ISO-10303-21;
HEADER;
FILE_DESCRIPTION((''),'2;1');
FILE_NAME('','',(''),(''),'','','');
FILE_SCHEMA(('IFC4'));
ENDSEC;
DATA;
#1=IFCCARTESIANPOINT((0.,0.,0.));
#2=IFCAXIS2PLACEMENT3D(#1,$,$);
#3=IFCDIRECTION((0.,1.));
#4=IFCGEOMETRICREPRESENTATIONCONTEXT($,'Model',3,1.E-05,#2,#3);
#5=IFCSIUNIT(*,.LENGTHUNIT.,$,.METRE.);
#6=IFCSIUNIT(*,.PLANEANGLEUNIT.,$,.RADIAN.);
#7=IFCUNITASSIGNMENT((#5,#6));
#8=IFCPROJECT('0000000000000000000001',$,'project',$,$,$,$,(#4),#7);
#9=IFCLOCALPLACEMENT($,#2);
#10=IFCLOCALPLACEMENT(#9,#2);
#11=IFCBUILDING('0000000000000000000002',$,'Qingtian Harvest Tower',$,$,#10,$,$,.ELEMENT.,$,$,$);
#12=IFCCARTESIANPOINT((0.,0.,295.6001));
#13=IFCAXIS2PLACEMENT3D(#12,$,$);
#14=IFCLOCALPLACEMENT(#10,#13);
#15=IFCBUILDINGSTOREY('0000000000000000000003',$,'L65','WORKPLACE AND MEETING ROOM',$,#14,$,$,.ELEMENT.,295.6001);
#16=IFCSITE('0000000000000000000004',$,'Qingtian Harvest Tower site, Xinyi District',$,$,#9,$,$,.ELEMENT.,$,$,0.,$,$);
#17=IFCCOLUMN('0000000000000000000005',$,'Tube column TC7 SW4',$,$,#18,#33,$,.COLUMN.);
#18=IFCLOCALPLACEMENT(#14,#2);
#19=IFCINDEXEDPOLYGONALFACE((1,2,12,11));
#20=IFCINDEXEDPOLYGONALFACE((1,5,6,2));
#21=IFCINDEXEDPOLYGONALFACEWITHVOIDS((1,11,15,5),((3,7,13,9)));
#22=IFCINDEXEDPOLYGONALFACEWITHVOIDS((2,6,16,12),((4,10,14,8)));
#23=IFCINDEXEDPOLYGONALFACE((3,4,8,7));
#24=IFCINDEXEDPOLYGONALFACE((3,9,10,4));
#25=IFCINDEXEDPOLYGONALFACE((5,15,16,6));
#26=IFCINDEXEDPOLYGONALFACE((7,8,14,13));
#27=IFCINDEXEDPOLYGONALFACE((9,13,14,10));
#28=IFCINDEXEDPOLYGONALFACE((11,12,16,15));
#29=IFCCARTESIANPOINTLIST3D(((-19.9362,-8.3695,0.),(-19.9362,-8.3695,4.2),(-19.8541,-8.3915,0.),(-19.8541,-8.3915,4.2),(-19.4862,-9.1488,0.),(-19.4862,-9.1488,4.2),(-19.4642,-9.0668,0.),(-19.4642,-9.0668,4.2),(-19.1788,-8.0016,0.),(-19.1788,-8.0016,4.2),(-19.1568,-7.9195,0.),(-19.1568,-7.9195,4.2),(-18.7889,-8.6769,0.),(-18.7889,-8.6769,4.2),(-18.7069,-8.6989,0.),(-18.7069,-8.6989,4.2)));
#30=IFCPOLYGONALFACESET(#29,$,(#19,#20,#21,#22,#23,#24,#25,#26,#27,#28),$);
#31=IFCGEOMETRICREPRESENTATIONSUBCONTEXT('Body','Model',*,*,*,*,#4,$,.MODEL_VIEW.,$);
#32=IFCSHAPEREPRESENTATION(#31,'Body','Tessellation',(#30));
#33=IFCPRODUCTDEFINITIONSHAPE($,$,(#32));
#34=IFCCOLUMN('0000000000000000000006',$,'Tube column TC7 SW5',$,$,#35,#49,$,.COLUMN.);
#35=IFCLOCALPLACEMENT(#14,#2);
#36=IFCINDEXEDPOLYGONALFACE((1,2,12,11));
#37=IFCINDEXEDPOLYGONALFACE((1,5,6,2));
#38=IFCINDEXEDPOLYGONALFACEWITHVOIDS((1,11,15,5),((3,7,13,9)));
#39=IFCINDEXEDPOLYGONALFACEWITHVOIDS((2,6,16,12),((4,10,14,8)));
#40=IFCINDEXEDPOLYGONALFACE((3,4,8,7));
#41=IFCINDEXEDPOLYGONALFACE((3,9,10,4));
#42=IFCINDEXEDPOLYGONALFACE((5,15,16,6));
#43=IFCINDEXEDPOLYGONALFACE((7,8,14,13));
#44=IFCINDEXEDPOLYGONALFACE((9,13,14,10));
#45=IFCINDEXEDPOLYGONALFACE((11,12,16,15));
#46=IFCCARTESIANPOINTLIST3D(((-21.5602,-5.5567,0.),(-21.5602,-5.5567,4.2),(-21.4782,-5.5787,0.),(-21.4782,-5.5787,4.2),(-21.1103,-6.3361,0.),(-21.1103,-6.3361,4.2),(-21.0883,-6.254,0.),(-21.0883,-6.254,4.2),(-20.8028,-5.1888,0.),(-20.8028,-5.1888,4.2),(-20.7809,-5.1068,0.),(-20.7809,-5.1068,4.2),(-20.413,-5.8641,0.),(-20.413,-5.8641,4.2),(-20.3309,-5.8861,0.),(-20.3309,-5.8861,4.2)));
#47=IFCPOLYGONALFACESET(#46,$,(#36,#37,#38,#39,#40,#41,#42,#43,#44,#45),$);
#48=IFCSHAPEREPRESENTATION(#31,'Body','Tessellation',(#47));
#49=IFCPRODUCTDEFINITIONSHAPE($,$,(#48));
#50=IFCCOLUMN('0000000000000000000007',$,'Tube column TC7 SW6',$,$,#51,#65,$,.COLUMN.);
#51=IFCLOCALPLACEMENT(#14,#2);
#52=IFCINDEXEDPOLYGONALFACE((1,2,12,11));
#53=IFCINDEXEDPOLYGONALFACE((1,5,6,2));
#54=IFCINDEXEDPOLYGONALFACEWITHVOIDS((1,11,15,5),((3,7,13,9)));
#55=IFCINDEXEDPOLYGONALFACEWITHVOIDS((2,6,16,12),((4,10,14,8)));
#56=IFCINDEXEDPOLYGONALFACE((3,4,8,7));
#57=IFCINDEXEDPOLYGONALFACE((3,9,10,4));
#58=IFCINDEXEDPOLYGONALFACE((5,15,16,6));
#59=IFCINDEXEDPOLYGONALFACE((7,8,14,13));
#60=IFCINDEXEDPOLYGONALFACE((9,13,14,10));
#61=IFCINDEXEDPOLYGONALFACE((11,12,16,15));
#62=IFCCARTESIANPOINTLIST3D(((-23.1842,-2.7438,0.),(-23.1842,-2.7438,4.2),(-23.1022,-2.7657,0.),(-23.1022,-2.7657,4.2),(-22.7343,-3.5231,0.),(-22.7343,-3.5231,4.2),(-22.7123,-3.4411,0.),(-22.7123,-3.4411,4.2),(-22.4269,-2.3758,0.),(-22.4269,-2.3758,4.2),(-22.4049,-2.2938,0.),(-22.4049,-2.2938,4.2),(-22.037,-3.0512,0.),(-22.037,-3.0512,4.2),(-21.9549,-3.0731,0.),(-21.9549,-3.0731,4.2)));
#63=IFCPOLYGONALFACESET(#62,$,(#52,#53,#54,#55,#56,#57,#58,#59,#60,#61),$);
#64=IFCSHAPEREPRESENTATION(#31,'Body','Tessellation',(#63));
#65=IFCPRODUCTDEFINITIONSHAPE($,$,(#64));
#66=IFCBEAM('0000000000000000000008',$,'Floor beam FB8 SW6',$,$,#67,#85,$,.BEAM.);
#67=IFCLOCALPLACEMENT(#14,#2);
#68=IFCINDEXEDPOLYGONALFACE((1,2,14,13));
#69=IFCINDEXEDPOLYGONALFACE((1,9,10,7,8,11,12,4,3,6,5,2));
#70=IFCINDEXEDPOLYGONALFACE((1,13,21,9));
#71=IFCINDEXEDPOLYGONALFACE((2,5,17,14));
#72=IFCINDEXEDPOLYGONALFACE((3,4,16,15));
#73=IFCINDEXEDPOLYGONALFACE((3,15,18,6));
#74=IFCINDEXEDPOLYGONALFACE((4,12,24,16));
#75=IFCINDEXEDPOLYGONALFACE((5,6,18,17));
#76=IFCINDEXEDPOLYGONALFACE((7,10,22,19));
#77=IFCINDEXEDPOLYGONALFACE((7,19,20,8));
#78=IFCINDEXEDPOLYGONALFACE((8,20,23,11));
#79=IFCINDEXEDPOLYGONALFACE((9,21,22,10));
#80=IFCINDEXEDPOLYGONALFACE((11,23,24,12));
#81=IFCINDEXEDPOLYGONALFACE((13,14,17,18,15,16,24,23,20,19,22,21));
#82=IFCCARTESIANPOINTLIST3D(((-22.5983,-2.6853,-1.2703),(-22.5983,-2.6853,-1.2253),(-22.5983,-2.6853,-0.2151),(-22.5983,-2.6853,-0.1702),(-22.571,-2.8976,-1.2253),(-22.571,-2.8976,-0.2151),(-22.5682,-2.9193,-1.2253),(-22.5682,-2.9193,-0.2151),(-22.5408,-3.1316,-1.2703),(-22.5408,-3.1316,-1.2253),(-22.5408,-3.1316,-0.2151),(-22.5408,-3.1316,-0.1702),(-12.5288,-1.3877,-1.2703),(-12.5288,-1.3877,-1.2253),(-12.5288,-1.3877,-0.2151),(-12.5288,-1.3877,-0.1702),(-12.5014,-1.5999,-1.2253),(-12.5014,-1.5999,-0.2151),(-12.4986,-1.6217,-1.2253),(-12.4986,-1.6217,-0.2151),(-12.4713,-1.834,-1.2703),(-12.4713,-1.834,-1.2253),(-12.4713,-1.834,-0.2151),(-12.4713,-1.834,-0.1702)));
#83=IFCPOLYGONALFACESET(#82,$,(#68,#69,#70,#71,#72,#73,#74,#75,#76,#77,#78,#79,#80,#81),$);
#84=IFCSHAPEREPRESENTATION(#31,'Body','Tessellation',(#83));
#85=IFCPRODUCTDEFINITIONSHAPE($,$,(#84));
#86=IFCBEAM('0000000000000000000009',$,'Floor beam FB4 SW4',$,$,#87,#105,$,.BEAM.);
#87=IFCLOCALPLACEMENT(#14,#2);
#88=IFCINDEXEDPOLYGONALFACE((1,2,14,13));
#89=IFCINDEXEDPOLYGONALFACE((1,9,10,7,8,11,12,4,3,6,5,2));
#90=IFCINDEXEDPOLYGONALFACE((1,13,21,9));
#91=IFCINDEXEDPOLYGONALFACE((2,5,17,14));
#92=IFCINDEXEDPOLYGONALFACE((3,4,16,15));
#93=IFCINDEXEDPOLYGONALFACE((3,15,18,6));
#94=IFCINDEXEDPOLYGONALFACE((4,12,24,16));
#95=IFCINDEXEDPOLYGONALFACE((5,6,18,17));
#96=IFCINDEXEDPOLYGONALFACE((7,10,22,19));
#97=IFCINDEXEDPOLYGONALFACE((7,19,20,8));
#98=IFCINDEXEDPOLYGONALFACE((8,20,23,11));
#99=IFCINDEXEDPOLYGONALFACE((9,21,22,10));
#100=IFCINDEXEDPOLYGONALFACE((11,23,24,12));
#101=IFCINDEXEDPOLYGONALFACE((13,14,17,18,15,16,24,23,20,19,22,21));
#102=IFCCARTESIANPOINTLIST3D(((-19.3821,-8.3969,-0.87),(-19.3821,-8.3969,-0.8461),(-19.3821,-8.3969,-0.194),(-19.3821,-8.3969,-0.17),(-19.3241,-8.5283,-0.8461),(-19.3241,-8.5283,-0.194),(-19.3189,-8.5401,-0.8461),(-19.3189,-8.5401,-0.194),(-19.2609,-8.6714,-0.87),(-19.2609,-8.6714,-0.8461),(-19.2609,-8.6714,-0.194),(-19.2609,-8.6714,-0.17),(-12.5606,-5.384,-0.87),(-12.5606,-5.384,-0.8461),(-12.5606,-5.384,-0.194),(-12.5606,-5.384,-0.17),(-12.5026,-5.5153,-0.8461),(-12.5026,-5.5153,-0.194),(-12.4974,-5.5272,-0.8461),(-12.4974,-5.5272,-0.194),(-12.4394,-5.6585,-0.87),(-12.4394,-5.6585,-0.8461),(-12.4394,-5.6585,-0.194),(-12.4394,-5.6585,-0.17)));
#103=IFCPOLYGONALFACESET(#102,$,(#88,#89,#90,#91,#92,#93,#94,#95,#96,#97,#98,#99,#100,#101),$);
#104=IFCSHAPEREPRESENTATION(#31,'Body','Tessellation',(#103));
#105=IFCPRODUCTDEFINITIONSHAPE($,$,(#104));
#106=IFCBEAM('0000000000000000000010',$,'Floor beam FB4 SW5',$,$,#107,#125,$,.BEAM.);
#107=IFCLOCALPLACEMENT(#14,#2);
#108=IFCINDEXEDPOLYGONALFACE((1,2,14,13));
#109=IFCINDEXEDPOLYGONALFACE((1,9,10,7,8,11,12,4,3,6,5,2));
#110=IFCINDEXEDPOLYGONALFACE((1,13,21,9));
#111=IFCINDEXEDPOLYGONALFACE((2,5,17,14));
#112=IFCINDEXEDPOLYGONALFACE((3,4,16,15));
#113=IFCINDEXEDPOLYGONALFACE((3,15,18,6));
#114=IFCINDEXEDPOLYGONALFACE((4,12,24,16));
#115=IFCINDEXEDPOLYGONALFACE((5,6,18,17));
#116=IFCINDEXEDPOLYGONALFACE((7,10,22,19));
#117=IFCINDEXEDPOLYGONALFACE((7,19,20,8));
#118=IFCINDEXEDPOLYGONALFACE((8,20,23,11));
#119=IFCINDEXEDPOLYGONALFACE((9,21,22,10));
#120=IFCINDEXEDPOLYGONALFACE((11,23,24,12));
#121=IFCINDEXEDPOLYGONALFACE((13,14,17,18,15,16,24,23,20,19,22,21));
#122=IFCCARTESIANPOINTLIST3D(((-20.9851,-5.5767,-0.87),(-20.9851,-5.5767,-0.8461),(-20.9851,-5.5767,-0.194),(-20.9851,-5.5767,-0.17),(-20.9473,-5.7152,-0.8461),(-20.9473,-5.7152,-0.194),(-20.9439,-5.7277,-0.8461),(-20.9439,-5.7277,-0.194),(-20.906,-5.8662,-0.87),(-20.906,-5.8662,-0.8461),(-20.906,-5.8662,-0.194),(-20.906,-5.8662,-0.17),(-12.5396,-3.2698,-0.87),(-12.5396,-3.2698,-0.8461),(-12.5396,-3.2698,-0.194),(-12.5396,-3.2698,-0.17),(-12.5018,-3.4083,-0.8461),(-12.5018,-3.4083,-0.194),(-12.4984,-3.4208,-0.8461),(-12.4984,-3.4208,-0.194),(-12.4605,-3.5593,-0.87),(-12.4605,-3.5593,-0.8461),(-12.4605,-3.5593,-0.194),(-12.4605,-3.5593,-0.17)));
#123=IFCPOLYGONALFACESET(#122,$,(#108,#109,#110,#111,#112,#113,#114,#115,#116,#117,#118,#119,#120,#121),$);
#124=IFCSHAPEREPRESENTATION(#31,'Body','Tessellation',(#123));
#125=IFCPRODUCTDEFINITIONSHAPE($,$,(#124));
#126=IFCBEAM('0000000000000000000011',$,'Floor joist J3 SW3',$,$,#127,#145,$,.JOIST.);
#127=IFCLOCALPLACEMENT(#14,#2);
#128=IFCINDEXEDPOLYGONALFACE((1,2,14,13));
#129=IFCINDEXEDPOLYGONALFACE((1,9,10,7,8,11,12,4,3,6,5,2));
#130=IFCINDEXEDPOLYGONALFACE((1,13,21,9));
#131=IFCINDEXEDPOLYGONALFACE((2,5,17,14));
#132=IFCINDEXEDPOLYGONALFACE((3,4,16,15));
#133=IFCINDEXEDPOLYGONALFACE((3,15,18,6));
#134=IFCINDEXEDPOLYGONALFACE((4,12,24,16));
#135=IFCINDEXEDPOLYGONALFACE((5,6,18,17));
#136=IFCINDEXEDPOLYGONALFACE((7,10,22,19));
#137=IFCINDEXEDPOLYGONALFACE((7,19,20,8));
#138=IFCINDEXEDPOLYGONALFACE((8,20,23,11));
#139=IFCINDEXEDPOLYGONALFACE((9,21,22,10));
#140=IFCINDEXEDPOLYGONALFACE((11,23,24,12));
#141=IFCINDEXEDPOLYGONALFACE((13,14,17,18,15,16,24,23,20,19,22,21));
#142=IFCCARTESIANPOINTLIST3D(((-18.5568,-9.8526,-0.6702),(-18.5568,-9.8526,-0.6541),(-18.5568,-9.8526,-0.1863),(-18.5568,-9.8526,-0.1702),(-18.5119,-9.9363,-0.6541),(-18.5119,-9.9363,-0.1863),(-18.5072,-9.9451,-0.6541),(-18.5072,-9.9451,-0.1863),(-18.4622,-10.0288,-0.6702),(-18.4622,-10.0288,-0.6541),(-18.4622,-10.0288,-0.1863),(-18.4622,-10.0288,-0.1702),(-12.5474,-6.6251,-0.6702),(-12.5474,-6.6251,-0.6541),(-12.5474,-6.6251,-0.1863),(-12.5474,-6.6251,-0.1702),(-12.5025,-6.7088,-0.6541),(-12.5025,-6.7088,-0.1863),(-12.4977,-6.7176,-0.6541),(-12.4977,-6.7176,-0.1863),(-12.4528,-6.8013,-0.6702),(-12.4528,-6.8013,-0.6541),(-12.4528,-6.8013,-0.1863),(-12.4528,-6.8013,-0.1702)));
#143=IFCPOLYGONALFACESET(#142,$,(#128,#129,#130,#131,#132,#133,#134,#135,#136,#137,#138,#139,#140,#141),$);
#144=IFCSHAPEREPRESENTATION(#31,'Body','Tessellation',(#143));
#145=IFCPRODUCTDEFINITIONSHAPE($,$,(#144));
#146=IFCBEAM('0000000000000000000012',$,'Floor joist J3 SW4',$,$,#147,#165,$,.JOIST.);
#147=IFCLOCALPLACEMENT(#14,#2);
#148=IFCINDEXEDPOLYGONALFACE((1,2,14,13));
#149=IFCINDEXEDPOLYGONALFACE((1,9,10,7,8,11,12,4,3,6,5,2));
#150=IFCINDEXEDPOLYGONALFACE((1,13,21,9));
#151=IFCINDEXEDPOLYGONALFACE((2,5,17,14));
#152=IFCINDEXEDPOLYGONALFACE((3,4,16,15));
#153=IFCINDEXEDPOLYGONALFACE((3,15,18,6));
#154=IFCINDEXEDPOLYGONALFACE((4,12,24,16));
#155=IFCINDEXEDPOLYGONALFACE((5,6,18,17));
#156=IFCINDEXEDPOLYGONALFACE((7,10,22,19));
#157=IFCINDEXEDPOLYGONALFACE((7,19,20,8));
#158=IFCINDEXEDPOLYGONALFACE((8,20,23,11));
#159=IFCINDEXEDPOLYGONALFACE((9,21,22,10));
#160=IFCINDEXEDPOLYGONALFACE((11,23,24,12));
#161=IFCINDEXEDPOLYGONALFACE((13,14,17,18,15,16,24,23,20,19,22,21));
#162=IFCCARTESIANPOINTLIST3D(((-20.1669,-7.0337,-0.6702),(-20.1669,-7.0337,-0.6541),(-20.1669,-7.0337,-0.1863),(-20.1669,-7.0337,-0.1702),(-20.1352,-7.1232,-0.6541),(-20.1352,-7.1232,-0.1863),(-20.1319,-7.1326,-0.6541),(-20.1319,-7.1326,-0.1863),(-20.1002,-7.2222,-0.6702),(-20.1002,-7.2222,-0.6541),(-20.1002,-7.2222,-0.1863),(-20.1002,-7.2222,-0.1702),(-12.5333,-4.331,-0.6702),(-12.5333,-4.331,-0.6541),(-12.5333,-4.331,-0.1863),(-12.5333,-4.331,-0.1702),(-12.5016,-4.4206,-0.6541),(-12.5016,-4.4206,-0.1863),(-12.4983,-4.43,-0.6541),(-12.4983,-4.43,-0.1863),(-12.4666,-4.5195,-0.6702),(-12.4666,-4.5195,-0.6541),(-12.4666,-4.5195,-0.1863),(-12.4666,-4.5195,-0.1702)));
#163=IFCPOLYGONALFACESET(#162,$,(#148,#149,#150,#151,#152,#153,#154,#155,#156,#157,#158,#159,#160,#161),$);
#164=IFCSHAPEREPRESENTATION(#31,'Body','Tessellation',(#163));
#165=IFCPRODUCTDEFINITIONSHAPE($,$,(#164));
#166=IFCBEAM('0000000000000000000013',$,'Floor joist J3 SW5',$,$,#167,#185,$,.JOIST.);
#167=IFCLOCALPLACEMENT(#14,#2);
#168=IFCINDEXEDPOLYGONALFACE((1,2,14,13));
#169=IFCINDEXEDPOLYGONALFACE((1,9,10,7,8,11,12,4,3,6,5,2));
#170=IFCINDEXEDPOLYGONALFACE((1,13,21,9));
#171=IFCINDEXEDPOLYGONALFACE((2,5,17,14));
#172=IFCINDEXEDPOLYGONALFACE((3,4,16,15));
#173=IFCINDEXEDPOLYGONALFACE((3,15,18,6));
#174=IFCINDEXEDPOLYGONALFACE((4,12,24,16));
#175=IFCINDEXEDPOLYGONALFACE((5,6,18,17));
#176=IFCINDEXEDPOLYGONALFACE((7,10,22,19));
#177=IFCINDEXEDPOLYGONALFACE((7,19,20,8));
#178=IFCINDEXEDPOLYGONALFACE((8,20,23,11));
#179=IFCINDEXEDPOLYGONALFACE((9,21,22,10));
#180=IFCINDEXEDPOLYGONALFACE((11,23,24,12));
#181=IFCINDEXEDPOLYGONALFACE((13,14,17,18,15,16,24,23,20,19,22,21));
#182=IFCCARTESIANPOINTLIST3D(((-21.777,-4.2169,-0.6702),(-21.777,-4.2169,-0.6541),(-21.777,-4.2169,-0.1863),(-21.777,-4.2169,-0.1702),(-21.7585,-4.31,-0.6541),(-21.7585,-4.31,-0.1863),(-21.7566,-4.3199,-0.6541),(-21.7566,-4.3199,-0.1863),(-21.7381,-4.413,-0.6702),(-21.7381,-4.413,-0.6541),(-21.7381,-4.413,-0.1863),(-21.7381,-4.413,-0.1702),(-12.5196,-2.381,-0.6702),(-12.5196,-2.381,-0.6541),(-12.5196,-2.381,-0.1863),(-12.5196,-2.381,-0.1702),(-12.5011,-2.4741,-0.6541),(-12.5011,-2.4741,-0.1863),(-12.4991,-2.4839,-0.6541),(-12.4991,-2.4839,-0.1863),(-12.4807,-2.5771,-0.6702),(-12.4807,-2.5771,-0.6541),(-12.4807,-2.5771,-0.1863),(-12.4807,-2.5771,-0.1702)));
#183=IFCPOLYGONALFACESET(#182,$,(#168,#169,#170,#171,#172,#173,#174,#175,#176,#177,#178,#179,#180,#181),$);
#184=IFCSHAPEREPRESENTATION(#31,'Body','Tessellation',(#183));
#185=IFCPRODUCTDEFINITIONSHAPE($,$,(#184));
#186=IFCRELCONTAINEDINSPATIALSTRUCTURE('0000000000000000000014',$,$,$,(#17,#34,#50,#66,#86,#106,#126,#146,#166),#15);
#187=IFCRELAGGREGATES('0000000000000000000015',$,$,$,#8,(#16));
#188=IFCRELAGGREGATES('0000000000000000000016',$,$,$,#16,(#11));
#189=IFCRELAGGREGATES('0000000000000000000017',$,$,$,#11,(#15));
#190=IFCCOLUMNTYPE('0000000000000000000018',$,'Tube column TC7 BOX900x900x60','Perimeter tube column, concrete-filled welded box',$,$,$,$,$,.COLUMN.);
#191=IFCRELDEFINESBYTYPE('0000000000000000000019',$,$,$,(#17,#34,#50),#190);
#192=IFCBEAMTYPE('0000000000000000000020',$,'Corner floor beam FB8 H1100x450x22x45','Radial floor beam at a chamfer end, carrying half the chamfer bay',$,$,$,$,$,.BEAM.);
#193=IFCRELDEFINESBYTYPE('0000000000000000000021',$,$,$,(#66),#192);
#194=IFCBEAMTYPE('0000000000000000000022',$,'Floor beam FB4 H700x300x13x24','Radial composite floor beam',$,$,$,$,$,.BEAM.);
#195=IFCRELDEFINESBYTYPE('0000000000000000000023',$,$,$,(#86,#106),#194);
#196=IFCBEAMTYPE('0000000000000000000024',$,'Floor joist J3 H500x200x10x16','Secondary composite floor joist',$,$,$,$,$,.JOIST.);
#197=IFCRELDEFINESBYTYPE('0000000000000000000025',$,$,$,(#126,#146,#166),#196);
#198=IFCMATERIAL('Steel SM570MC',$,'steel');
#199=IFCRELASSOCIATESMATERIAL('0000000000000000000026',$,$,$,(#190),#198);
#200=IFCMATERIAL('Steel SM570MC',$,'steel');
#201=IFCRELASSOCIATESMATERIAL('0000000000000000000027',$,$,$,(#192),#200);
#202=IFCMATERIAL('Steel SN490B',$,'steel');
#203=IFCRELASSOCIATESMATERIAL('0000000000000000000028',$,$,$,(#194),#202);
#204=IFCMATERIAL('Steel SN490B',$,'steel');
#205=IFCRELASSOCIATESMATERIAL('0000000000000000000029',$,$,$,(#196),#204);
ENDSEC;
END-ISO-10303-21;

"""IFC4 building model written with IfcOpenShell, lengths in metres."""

from ifc_helpers import new_model, si_unit, direction, frame, origin, origin_2d, place, context, subcontext, project, spatial, hollow_rectangle, i_section, extrude, material, material_profile, profile_set, type_object, element, save


model = new_model("IFC4")

# Units and contexts
model_context = context("Model", 3, precision=1e-05, world=origin(), true_north=direction((0.0, 1.0)))
body_context = subcontext(model_context, "Body", "Model", "MODEL_VIEW")
ifc_project = project(units=[si_unit("LENGTHUNIT", "METRE"), si_unit("PLANEANGLEUNIT", "RADIAN")], contexts=[model_context])

# Site, building, storey
site_placement = place(None, origin())
site = spatial("IfcSite", under=ifc_project, at=site_placement, Name="Qingtian Harvest Tower site, Xinyi District", CompositionType="ELEMENT", RefElevation=0.0)
building_placement = place(site_placement, origin())
building = spatial("IfcBuilding", under=site, at=building_placement, Name="Qingtian Harvest Tower", CompositionType="ELEMENT")
storey_placement = place(building_placement, frame((0.0, 0.0, 295.6001)))
storey = spatial("IfcBuildingStorey", under=building, at=storey_placement, Name="L65", Description="WORKPLACE AND MEETING ROOM", CompositionType="ELEMENT", Elevation=295.6001)

# Columns
ifc_material_1 = material(Name="Steel SM570MC", Category="steel")
ifc_material_profile_1 = material_profile(ifc_material_1, hollow_rectangle(XDim=0.8999, YDim=0.8999, WallThickness=0.0601, at=origin_2d()), Name="BOX900x900x60")
ifc_profile_set_1 = profile_set([ifc_material_profile_1], Name="Steel SM570MC")
column_type = type_object("IfcColumnType", Name="Tube column TC7 BOX900x900x60", Description="Perimeter tube column, concrete-filled welded box", PredefinedType="COLUMN", material=ifc_profile_set_1)
for number, where, z_axis, x_axis, name in (
    (1, (-19.3215, -8.5342, 0.0), (0.0, 0.0, 1.0), (0.5, -0.866025, 0.0), "Tube column TC7 SW4"),
    (2, (-20.9456, -5.7214, 0.0), (0.0, 0.0, 1.0), (0.5, -0.866025, 0.0), "Tube column TC7 SW5"),
    (3, (-22.5696, -2.9084, 0.0), (0.0, 0.0, 1.0), (0.5, -0.866025, 0.0), "Tube column TC7 SW6"),
):
    element("IfcColumn", number, at=place(storey_placement, frame(where, z_axis=z_axis, x_axis=x_axis)), inside=storey, type_object=column_type, Name=name, PredefinedType="COLUMN", context=body_context, shape_type="SweptSolid", body=[
        extrude(hollow_rectangle(XDim=0.8999, YDim=0.8999, WallThickness=0.0601, at=origin_2d()), origin(), (0.0, 0.0, 1.0), 4.2),
    ])

# Beams
ifc_material_2 = material(Name="Steel SM570MC", Category="steel")
ifc_material_profile_2 = material_profile(ifc_material_2, i_section(OverallWidth=0.45, OverallDepth=1.1001, WebThickness=0.022, FlangeThickness=0.0449, at=origin_2d()), Name="H1100x450x22x45")
ifc_profile_set_2 = profile_set([ifc_material_profile_2], Name="Steel SM570MC")
beam_type_1 = type_object("IfcBeamType", Name="Corner floor beam FB8 H1100x450x22x45", Description="Radial floor beam at a chamfer end, carrying half the chamfer bay", PredefinedType="BEAM", material=ifc_profile_set_2)
beam_1_placement = place(storey_placement, frame((-22.5696, -2.9084, -0.7202), z_axis=(0.991799, 0.127807, 0.0), x_axis=(-0.127807, 0.991799, 0.0)))
element("IfcBeam", 4, at=beam_1_placement, inside=storey, type_object=beam_type_1, Name="Floor beam FB8 SW6", PredefinedType="BEAM", context=body_context, shape_type="SweptSolid", body=[
    extrude(i_section(OverallWidth=0.45, OverallDepth=1.1001, WebThickness=0.022, FlangeThickness=0.0449, at=origin_2d()), origin(), (0.0, 0.0, 1.0), 10.1528),
])
ifc_material_3 = material(Name="Steel SN490B", Category="steel")
ifc_material_profile_3 = material_profile(ifc_material_3, i_section(OverallWidth=0.3, OverallDepth=0.7, WebThickness=0.0129, FlangeThickness=0.0239, at=origin_2d()), Name="H700x300x13x24")
ifc_profile_set_3 = profile_set([ifc_material_profile_3], Name="Steel SN490B")
beam_type_2 = type_object("IfcBeamType", Name="Floor beam FB4 H700x300x13x24", Description="Radial composite floor beam", PredefinedType="BEAM", material=ifc_profile_set_3)
beam_2_placement = place(storey_placement, frame((-19.3215, -8.5342, -0.52), z_axis=(0.914747, 0.404026, 0.0), x_axis=(-0.404026, 0.914747, 0.0)))
element("IfcBeam", 5, at=beam_2_placement, inside=storey, type_object=beam_type_2, Name="Floor beam FB4 SW4", PredefinedType="BEAM", context=body_context, shape_type="SweptSolid", body=[
    extrude(i_section(OverallWidth=0.3, OverallDepth=0.7, WebThickness=0.0129, FlangeThickness=0.0239, at=origin_2d()), origin(), (0.0, 0.0, 1.0), 7.4573),
])
beam_3_placement = place(storey_placement, frame((-20.9456, -5.7214, -0.52), z_axis=(0.964661, 0.263495, 0.0), x_axis=(-0.263495, 0.964661, 0.0)))
element("IfcBeam", 6, at=beam_3_placement, inside=storey, type_object=beam_type_2, Name="Floor beam FB4 SW5", PredefinedType="BEAM", context=body_context, shape_type="SweptSolid", body=[
    extrude(i_section(OverallWidth=0.3, OverallDepth=0.7, WebThickness=0.0129, FlangeThickness=0.0239, at=origin_2d()), origin(), (0.0, 0.0, 1.0), 8.7549),
])
ifc_material_4 = material(Name="Steel SN490B", Category="steel")
ifc_material_profile_4 = material_profile(ifc_material_4, i_section(OverallWidth=0.2, OverallDepth=0.5, WebThickness=0.01, FlangeThickness=0.0161, at=origin_2d()), Name="H500x200x10x16")
ifc_profile_set_4 = profile_set([ifc_material_profile_4], Name="Steel SN490B")
beam_type_3 = type_object("IfcBeamType", Name="Floor joist J3 H500x200x10x16", Description="Secondary composite floor joist", PredefinedType="JOIST", material=ifc_profile_set_4)
beam_4_placement = place(storey_placement, frame((-18.5095, -9.9407, -0.4202), z_axis=(0.880982, 0.47315, 0.0), x_axis=(-0.47315, 0.880982, 0.0)))
element("IfcBeam", 7, at=beam_4_placement, inside=storey, type_object=beam_type_3, Name="Floor joist J3 SW3", PredefinedType="JOIST", context=body_context, shape_type="SweptSolid", body=[
    extrude(i_section(OverallWidth=0.2, OverallDepth=0.5, WebThickness=0.01, FlangeThickness=0.0161, at=origin_2d()), origin(), (0.0, 0.0, 1.0), 6.8213),
])
beam_5_placement = place(storey_placement, frame((-20.1335, -7.1279, -0.4202), z_axis=(0.942663, 0.333747, 0.0), x_axis=(-0.333747, 0.942663, 0.0)))
element("IfcBeam", 8, at=beam_5_placement, inside=storey, type_object=beam_type_3, Name="Floor joist J3 SW4", PredefinedType="JOIST", context=body_context, shape_type="SweptSolid", body=[
    extrude(i_section(OverallWidth=0.2, OverallDepth=0.5, WebThickness=0.01, FlangeThickness=0.0161, at=origin_2d()), origin(), (0.0, 0.0, 1.0), 8.0979),
])
beam_6_placement = place(storey_placement, frame((-21.7576, -4.3149, -0.4202), z_axis=(0.980897, 0.194529, 0.0), x_axis=(-0.194529, 0.980897, 0.0)))
element("IfcBeam", 9, at=beam_6_placement, inside=storey, type_object=beam_type_3, Name="Floor joist J3 SW5", PredefinedType="JOIST", context=body_context, shape_type="SweptSolid", body=[
    extrude(i_section(OverallWidth=0.2, OverallDepth=0.5, WebThickness=0.01, FlangeThickness=0.0161, at=origin_2d()), origin(), (0.0, 0.0, 1.0), 9.4377),
])

save(model, "model.ifc")
